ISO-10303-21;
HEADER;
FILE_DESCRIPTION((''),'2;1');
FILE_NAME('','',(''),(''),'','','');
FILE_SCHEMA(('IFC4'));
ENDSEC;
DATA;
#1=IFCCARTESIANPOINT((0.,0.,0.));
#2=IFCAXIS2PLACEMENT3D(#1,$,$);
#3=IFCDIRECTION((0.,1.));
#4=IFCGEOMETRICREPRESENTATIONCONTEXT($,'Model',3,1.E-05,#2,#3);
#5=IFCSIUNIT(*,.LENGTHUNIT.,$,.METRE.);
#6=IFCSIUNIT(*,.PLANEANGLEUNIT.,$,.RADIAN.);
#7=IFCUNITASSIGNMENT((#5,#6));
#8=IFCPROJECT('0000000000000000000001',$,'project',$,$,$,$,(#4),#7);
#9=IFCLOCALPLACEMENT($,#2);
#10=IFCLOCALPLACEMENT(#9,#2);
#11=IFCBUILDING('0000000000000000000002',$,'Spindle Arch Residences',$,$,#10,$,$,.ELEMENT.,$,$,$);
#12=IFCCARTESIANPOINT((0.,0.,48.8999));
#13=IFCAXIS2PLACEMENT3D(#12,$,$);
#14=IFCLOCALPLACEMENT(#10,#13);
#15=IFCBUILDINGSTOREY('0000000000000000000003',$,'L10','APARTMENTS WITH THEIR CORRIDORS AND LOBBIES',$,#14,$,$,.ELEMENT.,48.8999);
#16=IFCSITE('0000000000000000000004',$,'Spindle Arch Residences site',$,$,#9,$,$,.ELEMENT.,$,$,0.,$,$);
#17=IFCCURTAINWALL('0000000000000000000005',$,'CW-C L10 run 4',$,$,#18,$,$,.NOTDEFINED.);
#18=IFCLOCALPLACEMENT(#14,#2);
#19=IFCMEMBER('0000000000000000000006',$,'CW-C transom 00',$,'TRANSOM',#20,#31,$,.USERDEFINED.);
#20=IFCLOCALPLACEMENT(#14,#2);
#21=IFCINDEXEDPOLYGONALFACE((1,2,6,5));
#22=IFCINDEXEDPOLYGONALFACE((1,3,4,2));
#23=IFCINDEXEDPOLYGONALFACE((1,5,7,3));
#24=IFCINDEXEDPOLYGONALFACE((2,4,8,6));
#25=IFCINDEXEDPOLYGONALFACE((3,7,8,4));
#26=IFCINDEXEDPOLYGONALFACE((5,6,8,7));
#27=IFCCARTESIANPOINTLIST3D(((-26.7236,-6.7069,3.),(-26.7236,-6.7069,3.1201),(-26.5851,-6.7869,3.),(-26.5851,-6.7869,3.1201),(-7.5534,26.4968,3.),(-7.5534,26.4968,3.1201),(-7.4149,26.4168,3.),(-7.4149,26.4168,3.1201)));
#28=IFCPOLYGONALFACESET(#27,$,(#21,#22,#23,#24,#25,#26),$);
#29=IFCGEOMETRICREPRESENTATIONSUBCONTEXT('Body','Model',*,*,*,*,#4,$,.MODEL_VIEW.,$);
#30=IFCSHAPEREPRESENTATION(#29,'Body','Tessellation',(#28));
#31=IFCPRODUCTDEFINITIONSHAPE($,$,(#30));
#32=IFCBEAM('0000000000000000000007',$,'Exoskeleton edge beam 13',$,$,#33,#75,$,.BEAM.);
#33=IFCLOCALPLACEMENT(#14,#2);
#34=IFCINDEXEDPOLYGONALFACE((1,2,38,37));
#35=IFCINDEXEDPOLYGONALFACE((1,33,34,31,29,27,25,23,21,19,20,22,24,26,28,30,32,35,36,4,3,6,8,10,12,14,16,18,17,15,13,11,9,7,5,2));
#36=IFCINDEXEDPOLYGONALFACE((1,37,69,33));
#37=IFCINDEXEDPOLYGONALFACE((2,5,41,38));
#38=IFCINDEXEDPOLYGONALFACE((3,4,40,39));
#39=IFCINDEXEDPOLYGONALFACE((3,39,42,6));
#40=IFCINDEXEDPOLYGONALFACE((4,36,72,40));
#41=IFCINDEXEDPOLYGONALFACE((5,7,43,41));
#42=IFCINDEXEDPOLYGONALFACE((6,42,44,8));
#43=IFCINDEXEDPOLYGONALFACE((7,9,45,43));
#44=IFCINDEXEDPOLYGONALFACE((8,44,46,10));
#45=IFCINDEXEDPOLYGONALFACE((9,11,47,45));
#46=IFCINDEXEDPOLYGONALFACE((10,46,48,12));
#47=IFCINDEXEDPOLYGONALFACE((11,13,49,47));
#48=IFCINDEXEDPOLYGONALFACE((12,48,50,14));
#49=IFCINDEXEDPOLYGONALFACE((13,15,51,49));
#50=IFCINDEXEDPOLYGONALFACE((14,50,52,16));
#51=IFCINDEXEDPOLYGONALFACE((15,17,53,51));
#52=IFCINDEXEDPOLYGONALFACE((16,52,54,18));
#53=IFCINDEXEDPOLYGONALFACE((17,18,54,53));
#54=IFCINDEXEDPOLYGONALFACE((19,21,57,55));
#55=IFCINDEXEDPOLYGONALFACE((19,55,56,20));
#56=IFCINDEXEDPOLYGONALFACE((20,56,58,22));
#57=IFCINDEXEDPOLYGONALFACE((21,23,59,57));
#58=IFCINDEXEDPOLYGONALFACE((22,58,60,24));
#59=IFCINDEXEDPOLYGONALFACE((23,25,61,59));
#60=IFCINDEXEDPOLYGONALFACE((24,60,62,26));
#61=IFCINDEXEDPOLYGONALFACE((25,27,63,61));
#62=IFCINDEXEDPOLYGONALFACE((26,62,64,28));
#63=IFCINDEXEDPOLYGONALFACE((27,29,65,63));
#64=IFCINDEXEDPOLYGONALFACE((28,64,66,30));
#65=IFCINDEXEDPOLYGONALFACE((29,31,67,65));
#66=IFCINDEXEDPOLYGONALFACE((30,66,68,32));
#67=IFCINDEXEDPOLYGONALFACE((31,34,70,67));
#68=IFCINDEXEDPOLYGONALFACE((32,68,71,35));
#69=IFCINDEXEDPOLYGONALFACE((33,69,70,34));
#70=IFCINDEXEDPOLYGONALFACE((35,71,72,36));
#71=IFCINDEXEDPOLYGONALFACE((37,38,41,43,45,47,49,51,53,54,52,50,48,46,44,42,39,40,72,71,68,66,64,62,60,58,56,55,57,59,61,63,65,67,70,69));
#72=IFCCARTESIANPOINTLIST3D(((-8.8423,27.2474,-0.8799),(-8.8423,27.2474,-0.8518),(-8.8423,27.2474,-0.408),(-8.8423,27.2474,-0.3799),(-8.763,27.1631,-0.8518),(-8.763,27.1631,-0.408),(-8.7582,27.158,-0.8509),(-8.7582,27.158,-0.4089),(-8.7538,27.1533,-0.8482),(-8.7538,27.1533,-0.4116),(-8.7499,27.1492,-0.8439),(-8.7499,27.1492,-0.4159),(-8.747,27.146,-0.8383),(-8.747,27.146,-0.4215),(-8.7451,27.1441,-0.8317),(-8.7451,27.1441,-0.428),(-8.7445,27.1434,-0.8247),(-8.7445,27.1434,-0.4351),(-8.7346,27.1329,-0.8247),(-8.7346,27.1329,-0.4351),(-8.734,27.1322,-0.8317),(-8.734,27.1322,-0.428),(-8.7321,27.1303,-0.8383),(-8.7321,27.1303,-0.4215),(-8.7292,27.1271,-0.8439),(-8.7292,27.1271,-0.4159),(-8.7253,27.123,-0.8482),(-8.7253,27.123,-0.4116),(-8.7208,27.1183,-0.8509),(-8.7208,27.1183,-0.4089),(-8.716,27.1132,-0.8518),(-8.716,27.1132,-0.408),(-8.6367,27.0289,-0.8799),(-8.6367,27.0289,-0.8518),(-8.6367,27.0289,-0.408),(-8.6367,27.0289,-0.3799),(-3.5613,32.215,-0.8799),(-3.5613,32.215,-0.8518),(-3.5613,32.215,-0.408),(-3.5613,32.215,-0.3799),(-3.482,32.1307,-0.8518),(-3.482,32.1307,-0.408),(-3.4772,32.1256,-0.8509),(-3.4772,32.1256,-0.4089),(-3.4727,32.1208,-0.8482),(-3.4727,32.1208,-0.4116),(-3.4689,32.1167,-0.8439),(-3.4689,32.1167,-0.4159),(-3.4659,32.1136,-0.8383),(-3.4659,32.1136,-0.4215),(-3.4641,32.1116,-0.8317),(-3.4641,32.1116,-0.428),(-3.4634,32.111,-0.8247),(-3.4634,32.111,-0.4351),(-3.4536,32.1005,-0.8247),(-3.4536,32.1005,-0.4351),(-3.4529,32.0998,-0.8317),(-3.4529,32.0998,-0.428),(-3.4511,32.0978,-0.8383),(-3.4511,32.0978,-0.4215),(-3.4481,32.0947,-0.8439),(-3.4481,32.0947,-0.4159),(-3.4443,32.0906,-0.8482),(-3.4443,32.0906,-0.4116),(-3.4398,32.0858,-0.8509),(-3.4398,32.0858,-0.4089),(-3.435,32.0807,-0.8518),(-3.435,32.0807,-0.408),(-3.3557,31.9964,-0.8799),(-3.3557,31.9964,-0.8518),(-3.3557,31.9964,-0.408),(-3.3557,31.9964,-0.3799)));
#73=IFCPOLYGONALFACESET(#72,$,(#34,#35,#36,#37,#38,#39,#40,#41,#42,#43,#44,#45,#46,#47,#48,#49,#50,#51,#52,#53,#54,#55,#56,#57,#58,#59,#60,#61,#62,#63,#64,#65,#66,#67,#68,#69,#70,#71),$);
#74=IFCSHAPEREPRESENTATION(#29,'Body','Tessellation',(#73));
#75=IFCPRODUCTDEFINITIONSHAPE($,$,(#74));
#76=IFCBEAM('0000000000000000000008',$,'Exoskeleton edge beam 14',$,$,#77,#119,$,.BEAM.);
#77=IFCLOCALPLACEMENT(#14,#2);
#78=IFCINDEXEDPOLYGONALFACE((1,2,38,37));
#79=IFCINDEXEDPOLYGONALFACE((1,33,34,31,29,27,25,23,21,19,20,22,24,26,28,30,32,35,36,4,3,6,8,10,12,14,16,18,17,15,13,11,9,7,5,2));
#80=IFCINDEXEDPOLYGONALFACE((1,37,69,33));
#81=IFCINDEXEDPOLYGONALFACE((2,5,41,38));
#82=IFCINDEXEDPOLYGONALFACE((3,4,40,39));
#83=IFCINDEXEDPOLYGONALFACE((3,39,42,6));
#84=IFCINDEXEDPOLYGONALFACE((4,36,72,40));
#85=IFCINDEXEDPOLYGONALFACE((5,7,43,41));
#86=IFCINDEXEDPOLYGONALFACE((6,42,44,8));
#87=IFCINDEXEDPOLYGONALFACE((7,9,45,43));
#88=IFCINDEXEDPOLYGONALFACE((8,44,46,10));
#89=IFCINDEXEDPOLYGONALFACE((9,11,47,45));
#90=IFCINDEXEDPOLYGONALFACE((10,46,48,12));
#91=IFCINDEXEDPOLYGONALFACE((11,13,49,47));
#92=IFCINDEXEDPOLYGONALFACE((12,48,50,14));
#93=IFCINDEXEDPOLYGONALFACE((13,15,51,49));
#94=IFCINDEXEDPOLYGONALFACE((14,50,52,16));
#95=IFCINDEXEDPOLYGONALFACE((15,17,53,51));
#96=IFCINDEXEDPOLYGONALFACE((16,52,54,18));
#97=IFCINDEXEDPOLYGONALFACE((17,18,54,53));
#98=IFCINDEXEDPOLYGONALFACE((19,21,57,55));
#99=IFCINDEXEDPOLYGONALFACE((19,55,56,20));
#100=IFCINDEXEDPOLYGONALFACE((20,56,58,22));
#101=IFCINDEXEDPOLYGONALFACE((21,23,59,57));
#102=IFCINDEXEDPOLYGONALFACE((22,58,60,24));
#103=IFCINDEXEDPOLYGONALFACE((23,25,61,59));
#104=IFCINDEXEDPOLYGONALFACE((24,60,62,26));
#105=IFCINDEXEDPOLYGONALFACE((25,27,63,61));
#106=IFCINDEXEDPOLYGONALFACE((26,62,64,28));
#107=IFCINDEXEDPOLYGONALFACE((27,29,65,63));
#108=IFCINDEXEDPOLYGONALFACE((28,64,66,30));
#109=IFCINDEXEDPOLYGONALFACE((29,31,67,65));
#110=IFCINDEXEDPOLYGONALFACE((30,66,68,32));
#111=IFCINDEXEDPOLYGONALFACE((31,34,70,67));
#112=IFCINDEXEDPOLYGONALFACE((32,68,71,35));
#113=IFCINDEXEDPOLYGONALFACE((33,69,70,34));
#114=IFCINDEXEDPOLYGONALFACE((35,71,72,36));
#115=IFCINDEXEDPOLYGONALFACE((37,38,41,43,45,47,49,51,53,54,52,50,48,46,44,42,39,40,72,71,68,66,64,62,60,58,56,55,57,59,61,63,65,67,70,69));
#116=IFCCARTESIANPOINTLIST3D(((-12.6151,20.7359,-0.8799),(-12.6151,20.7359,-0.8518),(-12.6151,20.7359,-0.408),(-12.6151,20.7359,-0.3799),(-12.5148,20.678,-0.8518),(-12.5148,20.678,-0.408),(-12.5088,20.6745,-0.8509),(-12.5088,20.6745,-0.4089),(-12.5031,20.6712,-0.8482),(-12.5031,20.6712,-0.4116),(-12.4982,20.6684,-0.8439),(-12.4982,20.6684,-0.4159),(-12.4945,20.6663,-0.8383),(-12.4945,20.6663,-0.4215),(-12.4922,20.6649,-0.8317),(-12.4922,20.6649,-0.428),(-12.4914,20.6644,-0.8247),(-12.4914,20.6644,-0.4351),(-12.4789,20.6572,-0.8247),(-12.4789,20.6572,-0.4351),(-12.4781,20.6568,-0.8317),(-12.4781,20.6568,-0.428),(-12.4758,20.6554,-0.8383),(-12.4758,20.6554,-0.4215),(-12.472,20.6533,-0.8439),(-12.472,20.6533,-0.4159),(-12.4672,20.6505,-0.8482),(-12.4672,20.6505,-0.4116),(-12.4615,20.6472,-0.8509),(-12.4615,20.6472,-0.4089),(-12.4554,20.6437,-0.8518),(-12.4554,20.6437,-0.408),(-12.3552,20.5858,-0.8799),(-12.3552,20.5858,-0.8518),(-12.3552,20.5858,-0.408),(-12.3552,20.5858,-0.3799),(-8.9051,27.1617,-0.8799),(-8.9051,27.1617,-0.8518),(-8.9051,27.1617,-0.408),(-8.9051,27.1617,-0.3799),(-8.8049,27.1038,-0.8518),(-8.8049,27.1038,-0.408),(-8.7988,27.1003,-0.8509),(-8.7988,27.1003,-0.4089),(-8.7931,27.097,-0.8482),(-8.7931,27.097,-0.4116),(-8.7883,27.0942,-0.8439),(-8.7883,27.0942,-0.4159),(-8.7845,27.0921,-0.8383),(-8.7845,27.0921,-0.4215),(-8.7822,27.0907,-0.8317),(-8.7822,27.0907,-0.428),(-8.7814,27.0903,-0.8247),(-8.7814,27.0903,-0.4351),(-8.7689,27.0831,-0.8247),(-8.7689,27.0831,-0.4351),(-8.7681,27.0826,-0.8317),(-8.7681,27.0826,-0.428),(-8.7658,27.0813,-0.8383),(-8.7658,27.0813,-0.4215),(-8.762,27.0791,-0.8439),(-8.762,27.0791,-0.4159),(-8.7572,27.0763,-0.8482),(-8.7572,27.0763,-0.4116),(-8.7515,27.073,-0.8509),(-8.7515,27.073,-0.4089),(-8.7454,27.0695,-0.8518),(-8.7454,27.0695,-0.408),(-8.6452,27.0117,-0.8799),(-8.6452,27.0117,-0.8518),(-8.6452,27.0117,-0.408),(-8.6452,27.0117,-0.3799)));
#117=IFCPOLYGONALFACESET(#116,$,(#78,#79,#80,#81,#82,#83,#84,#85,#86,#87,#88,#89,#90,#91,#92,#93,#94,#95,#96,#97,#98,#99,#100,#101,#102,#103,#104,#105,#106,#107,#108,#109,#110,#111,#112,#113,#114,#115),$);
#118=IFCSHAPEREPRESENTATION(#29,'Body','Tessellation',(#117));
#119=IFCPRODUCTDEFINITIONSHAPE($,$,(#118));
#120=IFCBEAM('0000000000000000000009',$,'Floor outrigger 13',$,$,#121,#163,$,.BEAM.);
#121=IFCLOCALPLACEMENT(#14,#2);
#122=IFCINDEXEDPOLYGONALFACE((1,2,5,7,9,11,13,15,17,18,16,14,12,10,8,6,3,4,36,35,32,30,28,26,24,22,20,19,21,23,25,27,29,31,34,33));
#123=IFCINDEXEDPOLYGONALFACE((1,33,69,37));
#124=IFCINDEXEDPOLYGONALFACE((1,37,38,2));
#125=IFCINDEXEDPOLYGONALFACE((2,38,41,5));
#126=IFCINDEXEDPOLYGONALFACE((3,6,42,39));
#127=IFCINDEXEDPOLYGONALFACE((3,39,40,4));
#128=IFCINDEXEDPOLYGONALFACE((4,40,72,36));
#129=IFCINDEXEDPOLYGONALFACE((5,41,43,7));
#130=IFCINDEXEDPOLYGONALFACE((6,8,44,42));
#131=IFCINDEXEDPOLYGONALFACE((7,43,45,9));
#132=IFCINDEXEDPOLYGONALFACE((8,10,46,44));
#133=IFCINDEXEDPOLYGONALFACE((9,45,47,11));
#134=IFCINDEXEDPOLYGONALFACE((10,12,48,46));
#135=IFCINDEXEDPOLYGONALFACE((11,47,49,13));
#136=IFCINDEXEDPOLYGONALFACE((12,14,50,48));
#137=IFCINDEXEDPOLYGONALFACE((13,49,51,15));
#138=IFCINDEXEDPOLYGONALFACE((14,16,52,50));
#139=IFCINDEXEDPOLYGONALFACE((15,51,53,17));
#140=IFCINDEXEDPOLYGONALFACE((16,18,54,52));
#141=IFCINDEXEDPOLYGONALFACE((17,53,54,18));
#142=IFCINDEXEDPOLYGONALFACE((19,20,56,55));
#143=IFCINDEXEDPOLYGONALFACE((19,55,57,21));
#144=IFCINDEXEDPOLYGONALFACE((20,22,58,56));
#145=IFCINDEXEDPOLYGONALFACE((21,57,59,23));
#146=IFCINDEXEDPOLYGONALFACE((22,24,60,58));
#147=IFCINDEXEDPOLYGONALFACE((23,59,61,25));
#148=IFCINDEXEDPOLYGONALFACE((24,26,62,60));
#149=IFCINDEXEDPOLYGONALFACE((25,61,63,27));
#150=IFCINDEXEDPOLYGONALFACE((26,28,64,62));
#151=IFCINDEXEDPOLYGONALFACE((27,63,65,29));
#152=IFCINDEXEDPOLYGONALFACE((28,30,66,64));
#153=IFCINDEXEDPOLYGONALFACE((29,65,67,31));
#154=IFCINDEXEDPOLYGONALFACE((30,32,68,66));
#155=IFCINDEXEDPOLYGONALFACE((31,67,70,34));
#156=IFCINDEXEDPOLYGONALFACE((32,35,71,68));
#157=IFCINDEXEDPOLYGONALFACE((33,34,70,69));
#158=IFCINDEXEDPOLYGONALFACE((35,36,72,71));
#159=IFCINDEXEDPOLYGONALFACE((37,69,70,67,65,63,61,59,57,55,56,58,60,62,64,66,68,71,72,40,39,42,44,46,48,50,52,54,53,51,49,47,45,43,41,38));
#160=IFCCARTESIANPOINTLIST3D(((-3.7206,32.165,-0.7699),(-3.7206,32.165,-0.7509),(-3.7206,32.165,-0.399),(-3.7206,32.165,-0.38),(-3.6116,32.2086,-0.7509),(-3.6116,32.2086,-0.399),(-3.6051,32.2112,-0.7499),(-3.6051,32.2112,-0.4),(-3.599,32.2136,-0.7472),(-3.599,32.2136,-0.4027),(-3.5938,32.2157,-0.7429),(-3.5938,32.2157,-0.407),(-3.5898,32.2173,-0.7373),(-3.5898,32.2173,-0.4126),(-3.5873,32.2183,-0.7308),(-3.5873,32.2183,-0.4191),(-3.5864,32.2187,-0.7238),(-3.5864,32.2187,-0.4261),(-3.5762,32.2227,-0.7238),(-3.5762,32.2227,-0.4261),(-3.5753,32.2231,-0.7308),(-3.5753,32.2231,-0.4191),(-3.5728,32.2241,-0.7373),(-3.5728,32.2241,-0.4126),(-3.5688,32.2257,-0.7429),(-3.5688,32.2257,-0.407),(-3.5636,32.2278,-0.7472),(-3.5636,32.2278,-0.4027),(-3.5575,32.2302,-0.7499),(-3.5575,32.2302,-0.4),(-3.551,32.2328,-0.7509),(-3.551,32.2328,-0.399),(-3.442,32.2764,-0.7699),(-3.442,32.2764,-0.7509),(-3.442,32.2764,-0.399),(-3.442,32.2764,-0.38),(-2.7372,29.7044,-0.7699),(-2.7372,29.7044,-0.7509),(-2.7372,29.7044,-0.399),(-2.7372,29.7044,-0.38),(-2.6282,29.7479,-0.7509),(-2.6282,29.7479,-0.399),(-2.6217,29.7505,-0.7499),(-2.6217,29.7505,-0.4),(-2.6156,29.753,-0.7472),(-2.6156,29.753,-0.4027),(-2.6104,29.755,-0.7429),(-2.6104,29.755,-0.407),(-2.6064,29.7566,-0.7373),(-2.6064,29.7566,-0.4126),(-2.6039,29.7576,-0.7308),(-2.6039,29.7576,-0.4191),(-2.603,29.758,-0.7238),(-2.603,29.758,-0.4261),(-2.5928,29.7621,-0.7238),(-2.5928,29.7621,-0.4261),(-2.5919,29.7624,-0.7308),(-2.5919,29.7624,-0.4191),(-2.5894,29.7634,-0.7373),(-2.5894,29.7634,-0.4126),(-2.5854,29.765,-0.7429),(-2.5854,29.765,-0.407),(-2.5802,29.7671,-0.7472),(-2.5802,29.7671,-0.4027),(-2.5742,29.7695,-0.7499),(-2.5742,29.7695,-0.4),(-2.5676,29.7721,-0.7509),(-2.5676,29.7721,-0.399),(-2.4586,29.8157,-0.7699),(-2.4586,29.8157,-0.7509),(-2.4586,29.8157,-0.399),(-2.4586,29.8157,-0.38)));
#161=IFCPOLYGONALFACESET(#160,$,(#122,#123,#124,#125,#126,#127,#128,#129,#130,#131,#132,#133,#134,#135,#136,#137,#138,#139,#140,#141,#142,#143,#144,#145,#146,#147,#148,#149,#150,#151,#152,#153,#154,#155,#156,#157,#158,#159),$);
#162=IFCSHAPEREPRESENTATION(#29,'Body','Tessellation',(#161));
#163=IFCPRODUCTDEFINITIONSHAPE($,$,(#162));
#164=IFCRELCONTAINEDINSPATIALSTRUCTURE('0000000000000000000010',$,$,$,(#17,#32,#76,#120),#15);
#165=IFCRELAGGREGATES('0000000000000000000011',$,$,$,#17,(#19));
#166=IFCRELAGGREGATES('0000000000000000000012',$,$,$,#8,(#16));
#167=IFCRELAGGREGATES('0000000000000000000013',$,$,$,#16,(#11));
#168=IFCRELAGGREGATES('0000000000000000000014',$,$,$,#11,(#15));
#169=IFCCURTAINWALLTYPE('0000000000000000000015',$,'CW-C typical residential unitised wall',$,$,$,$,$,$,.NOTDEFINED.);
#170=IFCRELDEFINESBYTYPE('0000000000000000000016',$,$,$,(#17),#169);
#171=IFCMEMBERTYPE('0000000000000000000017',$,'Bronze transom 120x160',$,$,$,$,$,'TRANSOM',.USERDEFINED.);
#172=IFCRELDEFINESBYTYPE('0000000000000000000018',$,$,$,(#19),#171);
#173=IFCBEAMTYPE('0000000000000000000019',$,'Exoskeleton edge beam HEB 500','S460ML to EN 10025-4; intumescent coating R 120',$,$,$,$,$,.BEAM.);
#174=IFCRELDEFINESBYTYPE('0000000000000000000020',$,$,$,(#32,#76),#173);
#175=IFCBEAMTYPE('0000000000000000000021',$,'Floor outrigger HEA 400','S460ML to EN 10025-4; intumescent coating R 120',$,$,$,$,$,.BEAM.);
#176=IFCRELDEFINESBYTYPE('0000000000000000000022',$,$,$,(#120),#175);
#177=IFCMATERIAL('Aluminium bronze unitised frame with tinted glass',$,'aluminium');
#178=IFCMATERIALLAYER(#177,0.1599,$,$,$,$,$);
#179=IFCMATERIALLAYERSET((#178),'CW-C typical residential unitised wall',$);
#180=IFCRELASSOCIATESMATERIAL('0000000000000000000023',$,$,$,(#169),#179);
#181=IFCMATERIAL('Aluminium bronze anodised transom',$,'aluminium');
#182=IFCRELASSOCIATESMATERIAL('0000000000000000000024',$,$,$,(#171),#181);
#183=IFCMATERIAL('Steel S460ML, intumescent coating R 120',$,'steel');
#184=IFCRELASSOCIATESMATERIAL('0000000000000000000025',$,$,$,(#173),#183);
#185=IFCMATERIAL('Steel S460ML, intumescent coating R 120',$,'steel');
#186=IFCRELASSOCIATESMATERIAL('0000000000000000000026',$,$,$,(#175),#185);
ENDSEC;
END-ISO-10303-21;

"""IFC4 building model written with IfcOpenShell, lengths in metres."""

from ifc_helpers import new_model, si_unit, direction, frame, origin, origin_2d, place, context, subcontext, project, spatial, rectangle, i_section, extrude, material, layer, layer_set, material_profile, profile_set, type_object, element, aggregate, save


model = new_model("IFC4")

# Units and contexts
model_context = context("Model", 3, precision=1e-05, world=origin(), true_north=direction((0.0, 1.0)))
body_context = subcontext(model_context, "Body", "Model", "MODEL_VIEW")
ifc_project = project(units=[si_unit("LENGTHUNIT", "METRE"), si_unit("PLANEANGLEUNIT", "RADIAN")], contexts=[model_context])

# Site, building, storey
site_placement = place(None, origin())
site = spatial("IfcSite", under=ifc_project, at=site_placement, Name="Spindle Arch Residences site", CompositionType="ELEMENT", RefElevation=0.0)
building_placement = place(site_placement, origin())
building = spatial("IfcBuilding", under=site, at=building_placement, Name="Spindle Arch Residences", CompositionType="ELEMENT")
storey_placement = place(building_placement, frame((0.0, 0.0, 48.8999)))
storey = spatial("IfcBuildingStorey", under=building, at=storey_placement, Name="L10", Description="APARTMENTS WITH THEIR CORRIDORS AND LOBBIES", CompositionType="ELEMENT", Elevation=48.8999)

# Curtain wall
ifc_material_1 = material(Name="Aluminium bronze unitised frame with tinted glass", Category="aluminium")
ifc_layer_1 = layer(ifc_material_1, 0.1599)
ifc_layer_set_1 = layer_set([ifc_layer_1], Name="CW-C typical residential unitised wall")
curtain_wall_type_1 = type_object("IfcCurtainWallType", Name="CW-C typical residential unitised wall", PredefinedType="NOTDEFINED", material=ifc_layer_set_1)
curtain_wall_1_placement = place(storey_placement, origin())
curtain_wall_1 = element("IfcCurtainWall", 1, at=curtain_wall_1_placement, inside=storey, type_object=curtain_wall_type_1, Name="CW-C L10 run 4", PredefinedType="NOTDEFINED")

# Member
ifc_material_2 = material(Name="Aluminium bronze anodised transom", Category="aluminium")
ifc_material_profile_1 = material_profile(ifc_material_2, rectangle(XDim=0.1599, YDim=0.1201, at=origin_2d()), Name="TR 120x160")
ifc_profile_set_1 = profile_set([ifc_material_profile_1], Name="Aluminium bronze anodised transom")
member_type_1 = type_object("IfcMemberType", Name="Bronze transom 120x160", ElementType="TRANSOM", PredefinedType="USERDEFINED", material=ifc_profile_set_1)
member_1_placement = place(storey_placement, frame((-7.4841, 26.4568, 3.0601), z_axis=(-0.500001, -0.866025, 0.0), x_axis=(0.866025, -0.500001, 0.0)))
member_1 = element("IfcMember", 2, at=member_1_placement, type_object=member_type_1, Name="CW-C transom 00", ObjectType="TRANSOM", PredefinedType="USERDEFINED", context=body_context, shape_type="SweptSolid", body=[
    extrude(rectangle(XDim=0.1599, YDim=0.1201, at=origin_2d()), origin(), (0.0, 0.0, 1.0), 38.3403),
])

# Beams
ifc_material_3 = material(Name="Steel S460ML, intumescent coating R 120", Category="steel")
ifc_material_profile_2 = material_profile(ifc_material_3, i_section(OverallWidth=0.3, OverallDepth=0.5, WebThickness=0.0144, FlangeThickness=0.0281, FilletRadius=0.0271, at=origin_2d()), Name="HEB 500")
ifc_profile_set_2 = profile_set([ifc_material_profile_2], Name="Steel S460ML, intumescent coating R 120")
beam_type_1 = type_object("IfcBeamType", Name="Exoskeleton edge beam HEB 500", Description="S460ML to EN 10025-4; intumescent coating R 120", PredefinedType="BEAM", material=ifc_profile_set_2)
beam_1_placement = place(storey_placement, frame((-3.4585, 32.1057, -0.6299), z_axis=(-0.728395, -0.685158, 0.0), x_axis=(0.685158, -0.728395, 0.0)))
element("IfcBeam", 3, at=beam_1_placement, inside=storey, type_object=beam_type_1, Name="Exoskeleton edge beam 13", PredefinedType="BEAM", context=body_context, shape_type="SweptSolid", body=[
    extrude(i_section(OverallWidth=0.3, OverallDepth=0.5, WebThickness=0.0144, FlangeThickness=0.0281, FilletRadius=0.0271, at=origin_2d()), origin(), (0.0, 0.0, 1.0), 7.2502),
])
beam_2_placement = place(storey_placement, frame((-8.7751, 27.0867, -0.6299), z_axis=(-0.500003, -0.866023, 0.0), x_axis=(0.866023, -0.500003, 0.0)))
element("IfcBeam", 4, at=beam_2_placement, inside=storey, type_object=beam_type_1, Name="Exoskeleton edge beam 14", PredefinedType="BEAM", context=body_context, shape_type="SweptSolid", body=[
    extrude(i_section(OverallWidth=0.3, OverallDepth=0.5, WebThickness=0.0144, FlangeThickness=0.0281, FilletRadius=0.0271, at=origin_2d()), origin(), (0.0, 0.0, 1.0), 7.4199),
])
ifc_material_4 = material(Name="Steel S460ML, intumescent coating R 120", Category="steel")
ifc_material_profile_3 = material_profile(ifc_material_4, i_section(OverallWidth=0.3, OverallDepth=0.3899, WebThickness=0.011, FlangeThickness=0.019, FilletRadius=0.0271, at=origin_2d()), Name="HEA 400")
ifc_profile_set_3 = profile_set([ifc_material_profile_3], Name="Steel S460ML, intumescent coating R 120")
beam_type_2 = type_object("IfcBeamType", Name="Floor outrigger HEA 400", Description="S460ML to EN 10025-4; intumescent coating R 120", PredefinedType="BEAM", material=ifc_profile_set_3)
beam_3_placement = place(storey_placement, frame((-3.5813, 32.2207, -0.575), z_axis=(0.371105, -0.928591, 0.0), x_axis=(0.928591, 0.371105, 0.0)))
element("IfcBeam", 5, at=beam_3_placement, inside=storey, type_object=beam_type_2, Name="Floor outrigger 13", PredefinedType="BEAM", context=body_context, shape_type="SweptSolid", body=[
    extrude(i_section(OverallWidth=0.3, OverallDepth=0.3899, WebThickness=0.011, FlangeThickness=0.019, FilletRadius=0.0271, at=origin_2d()), origin(), (0.0, 0.0, 1.0), 2.6499),
])

aggregate(curtain_wall_1, [member_1])

save(model, "model.ifc")
